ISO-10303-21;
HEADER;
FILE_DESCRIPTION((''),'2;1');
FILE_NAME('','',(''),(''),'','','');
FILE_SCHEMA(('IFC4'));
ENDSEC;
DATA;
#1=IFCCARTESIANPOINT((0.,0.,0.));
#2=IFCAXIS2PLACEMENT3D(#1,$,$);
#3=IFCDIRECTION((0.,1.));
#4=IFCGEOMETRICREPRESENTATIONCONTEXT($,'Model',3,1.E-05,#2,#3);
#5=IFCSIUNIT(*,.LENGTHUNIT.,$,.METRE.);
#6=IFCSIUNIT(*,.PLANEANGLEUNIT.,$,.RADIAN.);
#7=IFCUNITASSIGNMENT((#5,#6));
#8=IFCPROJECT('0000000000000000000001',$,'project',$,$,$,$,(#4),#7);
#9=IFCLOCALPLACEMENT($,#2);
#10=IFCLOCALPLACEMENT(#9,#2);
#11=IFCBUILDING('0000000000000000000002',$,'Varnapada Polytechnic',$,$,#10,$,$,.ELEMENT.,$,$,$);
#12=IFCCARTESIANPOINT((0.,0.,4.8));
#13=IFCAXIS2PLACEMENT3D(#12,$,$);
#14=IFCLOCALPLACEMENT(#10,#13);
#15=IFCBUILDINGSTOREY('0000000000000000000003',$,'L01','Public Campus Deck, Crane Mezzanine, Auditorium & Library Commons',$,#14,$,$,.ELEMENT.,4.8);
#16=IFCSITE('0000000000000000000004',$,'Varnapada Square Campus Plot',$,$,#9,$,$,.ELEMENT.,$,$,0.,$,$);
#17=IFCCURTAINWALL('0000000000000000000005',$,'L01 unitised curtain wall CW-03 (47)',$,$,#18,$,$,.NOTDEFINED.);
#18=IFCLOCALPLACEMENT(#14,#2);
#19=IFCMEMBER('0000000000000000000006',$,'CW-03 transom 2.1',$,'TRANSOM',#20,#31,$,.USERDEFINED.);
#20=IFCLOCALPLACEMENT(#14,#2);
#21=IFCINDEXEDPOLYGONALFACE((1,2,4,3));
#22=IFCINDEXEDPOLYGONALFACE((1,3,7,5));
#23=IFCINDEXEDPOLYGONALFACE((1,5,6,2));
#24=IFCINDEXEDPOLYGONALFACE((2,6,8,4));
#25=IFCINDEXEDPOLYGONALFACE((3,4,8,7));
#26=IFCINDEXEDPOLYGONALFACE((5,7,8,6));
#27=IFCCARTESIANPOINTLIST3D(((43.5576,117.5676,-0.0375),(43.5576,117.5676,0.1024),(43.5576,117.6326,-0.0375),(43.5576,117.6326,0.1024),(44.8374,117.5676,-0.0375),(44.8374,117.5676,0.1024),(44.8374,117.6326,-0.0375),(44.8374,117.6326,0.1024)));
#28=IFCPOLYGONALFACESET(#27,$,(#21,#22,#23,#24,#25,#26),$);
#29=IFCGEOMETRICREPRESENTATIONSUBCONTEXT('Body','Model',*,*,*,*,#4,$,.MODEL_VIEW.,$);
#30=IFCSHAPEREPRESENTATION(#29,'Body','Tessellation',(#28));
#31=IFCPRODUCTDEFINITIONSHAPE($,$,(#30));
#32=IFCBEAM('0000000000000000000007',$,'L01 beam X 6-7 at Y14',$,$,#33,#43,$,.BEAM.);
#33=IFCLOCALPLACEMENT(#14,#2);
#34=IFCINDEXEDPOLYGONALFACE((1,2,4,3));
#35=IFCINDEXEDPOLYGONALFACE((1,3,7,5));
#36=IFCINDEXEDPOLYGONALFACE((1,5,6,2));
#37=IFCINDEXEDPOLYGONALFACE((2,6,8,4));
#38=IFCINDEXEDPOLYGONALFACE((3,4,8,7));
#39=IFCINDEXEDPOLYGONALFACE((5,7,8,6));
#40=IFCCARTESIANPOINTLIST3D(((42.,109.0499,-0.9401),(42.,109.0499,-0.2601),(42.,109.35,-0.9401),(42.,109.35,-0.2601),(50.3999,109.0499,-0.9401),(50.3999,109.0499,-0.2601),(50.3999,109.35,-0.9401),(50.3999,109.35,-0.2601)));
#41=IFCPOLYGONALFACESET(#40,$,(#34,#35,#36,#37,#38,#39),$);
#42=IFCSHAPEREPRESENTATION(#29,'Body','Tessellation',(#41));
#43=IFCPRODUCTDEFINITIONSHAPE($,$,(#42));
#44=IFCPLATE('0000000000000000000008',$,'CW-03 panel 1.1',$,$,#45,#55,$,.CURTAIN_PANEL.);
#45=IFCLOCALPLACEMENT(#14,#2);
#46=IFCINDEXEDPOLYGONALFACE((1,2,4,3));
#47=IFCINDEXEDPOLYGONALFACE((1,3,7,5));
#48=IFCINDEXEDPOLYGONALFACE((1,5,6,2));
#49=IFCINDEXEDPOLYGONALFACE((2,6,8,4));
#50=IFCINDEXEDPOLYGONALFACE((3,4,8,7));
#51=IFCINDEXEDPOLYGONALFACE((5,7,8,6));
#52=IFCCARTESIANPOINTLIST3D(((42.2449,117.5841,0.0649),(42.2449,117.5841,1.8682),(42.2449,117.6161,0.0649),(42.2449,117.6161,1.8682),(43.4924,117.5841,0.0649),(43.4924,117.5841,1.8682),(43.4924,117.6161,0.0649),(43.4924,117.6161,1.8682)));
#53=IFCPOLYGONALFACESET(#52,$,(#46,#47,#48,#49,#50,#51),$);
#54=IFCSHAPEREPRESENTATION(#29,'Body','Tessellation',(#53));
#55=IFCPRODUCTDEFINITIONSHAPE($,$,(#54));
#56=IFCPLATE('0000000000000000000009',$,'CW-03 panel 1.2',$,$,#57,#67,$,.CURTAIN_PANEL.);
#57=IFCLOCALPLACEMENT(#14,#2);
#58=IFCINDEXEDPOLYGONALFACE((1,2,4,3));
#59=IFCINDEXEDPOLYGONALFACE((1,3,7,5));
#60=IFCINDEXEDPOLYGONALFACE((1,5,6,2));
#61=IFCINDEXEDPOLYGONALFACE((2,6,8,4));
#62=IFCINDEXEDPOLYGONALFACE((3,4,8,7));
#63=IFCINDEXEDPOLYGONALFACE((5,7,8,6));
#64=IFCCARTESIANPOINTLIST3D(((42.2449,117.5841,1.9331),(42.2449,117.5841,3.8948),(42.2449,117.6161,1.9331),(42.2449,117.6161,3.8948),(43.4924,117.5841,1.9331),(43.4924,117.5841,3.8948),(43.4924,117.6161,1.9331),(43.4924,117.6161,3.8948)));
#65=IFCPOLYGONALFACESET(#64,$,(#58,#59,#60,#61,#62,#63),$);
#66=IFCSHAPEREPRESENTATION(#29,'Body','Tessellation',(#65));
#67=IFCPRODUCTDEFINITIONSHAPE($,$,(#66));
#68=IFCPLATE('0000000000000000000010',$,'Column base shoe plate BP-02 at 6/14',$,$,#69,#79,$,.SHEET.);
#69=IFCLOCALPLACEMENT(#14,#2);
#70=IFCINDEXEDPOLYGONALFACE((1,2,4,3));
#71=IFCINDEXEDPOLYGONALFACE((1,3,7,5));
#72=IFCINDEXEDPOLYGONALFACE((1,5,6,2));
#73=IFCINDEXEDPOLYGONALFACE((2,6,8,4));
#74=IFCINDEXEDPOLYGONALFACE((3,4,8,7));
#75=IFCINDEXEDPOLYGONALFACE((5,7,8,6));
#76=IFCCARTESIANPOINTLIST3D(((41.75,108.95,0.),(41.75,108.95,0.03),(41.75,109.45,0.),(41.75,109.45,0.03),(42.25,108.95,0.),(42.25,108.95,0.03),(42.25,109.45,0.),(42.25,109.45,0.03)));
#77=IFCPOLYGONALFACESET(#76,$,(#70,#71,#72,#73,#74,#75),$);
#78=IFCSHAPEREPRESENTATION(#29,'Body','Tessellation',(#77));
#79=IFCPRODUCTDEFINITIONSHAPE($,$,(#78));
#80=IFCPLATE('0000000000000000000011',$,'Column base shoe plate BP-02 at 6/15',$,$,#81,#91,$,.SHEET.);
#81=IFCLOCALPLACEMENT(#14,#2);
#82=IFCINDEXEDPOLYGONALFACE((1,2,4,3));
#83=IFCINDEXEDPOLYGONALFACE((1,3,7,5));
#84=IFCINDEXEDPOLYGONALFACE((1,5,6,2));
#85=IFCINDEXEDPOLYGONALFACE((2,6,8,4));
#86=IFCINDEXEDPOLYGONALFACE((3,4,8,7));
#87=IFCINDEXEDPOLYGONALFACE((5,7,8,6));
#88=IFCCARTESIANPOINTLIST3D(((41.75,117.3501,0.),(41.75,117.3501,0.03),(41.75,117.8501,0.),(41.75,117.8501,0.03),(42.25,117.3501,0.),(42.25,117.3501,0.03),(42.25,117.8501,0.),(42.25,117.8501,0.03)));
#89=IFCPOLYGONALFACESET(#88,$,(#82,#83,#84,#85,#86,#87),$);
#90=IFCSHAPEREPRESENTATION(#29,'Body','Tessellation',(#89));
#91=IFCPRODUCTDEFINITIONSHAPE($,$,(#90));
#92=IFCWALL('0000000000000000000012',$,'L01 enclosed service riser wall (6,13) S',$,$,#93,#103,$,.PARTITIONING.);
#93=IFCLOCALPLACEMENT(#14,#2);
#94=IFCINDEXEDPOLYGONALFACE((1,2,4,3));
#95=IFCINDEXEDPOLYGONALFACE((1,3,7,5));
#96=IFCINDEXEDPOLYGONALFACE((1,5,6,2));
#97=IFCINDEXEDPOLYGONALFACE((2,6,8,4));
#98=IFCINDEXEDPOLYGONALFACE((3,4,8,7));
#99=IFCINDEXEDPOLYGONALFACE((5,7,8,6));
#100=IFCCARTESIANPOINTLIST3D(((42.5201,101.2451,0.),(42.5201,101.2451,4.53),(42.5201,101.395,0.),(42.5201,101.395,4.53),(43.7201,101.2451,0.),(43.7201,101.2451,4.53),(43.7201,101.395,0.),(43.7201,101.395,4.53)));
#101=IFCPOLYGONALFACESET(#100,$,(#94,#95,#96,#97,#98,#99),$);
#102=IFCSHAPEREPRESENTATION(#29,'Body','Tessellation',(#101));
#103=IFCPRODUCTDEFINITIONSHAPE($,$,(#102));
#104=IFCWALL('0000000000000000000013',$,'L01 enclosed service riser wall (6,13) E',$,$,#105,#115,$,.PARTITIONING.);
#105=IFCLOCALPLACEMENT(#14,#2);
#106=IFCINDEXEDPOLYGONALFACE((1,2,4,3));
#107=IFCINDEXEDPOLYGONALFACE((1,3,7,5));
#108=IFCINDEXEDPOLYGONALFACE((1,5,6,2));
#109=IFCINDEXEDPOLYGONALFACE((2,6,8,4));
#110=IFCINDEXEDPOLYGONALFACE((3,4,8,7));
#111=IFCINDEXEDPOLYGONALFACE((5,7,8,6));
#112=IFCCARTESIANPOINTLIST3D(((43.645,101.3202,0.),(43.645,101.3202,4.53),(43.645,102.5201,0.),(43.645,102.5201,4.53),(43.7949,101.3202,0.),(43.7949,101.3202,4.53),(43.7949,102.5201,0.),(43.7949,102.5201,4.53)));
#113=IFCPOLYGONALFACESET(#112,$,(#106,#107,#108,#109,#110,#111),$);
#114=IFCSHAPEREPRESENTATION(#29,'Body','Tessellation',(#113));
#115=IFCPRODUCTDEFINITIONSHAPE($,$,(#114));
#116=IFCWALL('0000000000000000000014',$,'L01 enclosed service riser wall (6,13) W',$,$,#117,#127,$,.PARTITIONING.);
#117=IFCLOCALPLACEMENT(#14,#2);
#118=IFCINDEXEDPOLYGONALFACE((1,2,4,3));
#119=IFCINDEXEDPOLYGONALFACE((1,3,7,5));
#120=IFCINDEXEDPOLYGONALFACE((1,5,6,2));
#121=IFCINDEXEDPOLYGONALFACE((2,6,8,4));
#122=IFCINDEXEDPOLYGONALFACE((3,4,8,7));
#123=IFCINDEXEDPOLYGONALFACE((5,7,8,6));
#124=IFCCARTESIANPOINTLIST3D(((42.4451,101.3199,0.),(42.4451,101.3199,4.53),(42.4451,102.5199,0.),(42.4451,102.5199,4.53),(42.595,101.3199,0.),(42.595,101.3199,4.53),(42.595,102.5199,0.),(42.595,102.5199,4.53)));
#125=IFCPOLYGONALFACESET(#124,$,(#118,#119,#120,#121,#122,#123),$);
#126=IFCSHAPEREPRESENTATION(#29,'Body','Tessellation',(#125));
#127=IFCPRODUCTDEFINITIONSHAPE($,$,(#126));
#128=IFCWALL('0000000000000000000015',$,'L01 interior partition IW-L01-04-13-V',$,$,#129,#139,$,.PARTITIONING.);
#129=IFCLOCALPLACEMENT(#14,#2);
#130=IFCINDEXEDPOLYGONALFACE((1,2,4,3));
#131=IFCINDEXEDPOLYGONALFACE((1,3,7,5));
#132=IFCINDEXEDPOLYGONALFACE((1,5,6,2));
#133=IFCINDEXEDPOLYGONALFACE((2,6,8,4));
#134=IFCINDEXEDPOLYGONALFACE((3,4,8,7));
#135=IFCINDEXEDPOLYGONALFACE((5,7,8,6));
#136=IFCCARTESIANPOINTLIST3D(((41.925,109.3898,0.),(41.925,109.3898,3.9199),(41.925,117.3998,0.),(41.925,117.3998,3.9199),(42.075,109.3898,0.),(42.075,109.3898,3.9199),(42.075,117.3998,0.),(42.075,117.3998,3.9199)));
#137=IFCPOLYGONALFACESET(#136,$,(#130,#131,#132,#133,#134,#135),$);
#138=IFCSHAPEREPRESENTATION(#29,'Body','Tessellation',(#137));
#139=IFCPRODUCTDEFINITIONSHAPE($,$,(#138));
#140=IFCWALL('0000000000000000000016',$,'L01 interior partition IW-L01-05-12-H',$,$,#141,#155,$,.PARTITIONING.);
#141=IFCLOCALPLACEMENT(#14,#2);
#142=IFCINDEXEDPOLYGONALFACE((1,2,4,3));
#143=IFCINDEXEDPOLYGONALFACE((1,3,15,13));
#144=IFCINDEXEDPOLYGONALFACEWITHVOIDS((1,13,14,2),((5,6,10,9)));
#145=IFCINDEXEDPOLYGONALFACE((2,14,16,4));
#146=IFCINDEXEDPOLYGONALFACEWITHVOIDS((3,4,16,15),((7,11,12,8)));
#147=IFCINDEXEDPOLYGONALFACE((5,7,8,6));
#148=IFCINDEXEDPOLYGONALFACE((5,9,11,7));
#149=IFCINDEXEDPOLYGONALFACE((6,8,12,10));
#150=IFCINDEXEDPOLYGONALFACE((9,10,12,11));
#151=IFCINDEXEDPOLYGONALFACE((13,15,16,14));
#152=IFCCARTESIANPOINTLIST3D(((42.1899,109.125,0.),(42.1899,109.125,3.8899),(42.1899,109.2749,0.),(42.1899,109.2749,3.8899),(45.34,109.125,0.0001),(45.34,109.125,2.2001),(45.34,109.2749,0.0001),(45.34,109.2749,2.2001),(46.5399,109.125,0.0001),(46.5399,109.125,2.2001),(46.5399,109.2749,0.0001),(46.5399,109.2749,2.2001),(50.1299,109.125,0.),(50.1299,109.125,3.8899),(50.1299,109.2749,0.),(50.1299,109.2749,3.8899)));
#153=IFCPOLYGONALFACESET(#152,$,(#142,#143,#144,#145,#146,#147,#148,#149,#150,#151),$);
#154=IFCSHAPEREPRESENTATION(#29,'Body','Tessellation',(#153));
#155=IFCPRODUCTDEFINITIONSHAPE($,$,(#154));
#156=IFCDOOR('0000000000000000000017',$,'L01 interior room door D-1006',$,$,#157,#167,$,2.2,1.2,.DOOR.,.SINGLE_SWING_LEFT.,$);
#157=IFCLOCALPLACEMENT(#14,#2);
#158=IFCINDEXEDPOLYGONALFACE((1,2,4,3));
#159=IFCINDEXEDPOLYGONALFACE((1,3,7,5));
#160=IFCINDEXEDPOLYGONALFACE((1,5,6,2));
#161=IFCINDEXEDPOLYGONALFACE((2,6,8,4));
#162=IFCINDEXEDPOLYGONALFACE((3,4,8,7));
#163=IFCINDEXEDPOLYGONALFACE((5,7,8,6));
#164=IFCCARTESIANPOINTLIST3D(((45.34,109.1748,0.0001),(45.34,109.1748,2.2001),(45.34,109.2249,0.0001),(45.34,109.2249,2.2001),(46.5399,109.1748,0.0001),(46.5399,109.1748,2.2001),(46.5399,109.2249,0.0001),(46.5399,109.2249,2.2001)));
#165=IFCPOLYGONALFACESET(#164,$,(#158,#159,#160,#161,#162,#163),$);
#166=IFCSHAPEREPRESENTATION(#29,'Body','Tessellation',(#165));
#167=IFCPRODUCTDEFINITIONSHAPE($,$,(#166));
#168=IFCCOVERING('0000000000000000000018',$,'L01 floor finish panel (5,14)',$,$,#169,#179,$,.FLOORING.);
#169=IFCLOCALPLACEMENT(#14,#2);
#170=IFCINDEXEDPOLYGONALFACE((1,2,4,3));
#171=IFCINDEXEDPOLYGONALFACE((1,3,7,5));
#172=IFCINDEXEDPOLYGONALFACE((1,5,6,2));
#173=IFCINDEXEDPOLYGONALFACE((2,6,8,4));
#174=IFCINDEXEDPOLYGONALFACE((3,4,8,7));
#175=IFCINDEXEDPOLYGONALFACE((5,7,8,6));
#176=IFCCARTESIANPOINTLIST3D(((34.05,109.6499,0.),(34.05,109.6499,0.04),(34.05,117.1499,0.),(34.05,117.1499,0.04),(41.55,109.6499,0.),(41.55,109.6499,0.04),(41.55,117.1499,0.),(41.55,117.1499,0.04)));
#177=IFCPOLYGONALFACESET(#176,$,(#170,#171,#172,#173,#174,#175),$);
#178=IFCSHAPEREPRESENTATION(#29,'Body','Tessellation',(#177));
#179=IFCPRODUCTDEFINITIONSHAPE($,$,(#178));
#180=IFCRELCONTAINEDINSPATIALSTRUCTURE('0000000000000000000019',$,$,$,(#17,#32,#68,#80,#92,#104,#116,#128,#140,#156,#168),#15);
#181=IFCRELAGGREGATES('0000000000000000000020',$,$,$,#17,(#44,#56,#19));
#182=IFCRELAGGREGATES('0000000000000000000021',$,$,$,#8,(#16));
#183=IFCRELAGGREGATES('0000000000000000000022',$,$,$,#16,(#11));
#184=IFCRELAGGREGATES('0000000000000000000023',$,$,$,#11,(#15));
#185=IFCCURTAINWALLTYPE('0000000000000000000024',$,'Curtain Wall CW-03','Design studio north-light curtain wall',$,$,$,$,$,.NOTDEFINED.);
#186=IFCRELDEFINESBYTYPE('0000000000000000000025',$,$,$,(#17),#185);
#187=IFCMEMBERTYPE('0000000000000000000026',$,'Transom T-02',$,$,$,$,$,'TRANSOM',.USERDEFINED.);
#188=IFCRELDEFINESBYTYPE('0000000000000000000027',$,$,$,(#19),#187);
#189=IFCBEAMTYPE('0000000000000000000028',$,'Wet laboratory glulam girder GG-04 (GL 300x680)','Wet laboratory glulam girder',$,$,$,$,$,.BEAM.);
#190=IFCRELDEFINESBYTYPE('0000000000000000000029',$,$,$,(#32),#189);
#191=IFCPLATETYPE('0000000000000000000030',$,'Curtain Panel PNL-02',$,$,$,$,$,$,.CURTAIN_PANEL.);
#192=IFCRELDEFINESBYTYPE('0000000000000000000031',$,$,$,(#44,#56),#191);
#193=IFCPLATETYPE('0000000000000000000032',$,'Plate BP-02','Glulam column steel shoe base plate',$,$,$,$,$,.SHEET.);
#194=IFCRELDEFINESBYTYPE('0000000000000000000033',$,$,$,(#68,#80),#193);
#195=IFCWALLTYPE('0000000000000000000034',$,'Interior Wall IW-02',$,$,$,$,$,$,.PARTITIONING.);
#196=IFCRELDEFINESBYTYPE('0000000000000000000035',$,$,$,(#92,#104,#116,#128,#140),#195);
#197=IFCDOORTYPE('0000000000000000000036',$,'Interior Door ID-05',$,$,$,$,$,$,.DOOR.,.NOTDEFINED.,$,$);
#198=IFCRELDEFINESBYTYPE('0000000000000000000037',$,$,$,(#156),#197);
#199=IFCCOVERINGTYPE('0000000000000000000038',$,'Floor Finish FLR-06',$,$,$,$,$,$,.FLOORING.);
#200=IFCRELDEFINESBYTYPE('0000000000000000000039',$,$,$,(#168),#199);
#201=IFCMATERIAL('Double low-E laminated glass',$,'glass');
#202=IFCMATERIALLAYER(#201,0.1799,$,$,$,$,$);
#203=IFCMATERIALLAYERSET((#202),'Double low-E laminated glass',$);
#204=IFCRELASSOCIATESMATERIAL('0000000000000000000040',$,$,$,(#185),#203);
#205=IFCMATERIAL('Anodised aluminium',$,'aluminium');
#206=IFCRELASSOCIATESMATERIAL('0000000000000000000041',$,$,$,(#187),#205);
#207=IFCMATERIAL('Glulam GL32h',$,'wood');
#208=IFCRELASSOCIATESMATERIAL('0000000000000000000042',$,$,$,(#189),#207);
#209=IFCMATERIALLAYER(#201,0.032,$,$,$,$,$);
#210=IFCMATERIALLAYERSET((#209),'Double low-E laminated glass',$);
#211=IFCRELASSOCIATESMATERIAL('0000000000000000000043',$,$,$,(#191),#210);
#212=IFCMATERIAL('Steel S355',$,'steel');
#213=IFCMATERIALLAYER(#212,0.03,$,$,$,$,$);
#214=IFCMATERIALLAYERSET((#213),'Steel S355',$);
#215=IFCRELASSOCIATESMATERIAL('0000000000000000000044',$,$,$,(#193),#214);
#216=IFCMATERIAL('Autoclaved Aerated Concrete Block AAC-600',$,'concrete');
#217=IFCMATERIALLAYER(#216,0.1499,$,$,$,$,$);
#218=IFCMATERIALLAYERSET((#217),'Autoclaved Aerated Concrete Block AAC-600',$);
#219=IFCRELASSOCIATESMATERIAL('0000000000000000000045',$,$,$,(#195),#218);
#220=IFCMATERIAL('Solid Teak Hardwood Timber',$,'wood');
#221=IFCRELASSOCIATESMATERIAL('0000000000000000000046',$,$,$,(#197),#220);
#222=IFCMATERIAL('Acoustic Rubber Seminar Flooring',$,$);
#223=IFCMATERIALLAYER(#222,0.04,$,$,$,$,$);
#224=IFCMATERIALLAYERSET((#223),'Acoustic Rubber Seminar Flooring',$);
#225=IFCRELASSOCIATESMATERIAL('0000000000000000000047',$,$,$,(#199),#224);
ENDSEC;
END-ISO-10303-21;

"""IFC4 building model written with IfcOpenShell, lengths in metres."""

from ifc_helpers import new_model, si_unit, direction, frame, frame_2d, origin, origin_2d, place, context, subcontext, project, spatial, rectangle, extrude, material, layer, layer_set, material_profile, profile_set, type_object, element, fill, aggregate, save


model = new_model("IFC4")

# Units and contexts
model_context = context("Model", 3, precision=1e-05, world=origin(), true_north=direction((0.0, 1.0)))
body_context = subcontext(model_context, "Body", "Model", "MODEL_VIEW")
ifc_project = project(units=[si_unit("LENGTHUNIT", "METRE"), si_unit("PLANEANGLEUNIT", "RADIAN")], contexts=[model_context])

# Site, building, storey
site_placement = place(None, origin())
site = spatial("IfcSite", under=ifc_project, at=site_placement, Name="Varnapada Square Campus Plot", CompositionType="ELEMENT", RefElevation=0.0)
building_placement = place(site_placement, origin())
building = spatial("IfcBuilding", under=site, at=building_placement, Name="Varnapada Polytechnic", CompositionType="ELEMENT")
storey_placement = place(building_placement, frame((0.0, 0.0, 4.8)))
storey = spatial("IfcBuildingStorey", under=building, at=storey_placement, Name="L01", Description="Public Campus Deck, Crane Mezzanine, Auditorium & Library Commons", CompositionType="ELEMENT", Elevation=4.8)

# Shared definitions
ifc_material_1 = material(Name="Glulam GL32h", Category="wood")

# Curtain wall
ifc_material_2 = material(Name="Double low-E laminated glass", Category="glass")
ifc_layer_1 = layer(ifc_material_2, 0.1799)
ifc_layer_set_1 = layer_set([ifc_layer_1], Name="Double low-E laminated glass")
curtain_wall_type = type_object("IfcCurtainWallType", Name="Curtain Wall CW-03", Description="Design studio north-light curtain wall", PredefinedType="NOTDEFINED", material=ifc_layer_set_1)
curtain_wall_placement = place(storey_placement, origin())
curtain_wall = element("IfcCurtainWall", 1, at=curtain_wall_placement, inside=storey, type_object=curtain_wall_type, Name="L01 unitised curtain wall CW-03 (47)", PredefinedType="NOTDEFINED")
ifc_material_3 = material(Name="Anodised aluminium", Category="aluminium")

# Member
ifc_material_profile_1 = material_profile(ifc_material_3, rectangle(XDim=0.0649, YDim=0.1399, at=origin_2d()), Name="ALU T65x140")
ifc_profile_set_1 = profile_set([ifc_material_profile_1], Name="Anodised aluminium")
member_type_1 = type_object("IfcMemberType", Name="Transom T-02", ElementType="TRANSOM", PredefinedType="USERDEFINED", material=ifc_profile_set_1)
member_1_placement = place(storey_placement, frame((43.5576, 117.6001, 0.0325), z_axis=(1.0, 0.0, 0.0), x_axis=(0.0, 1.0, 0.0)))
member_1 = element("IfcMember", 2, at=member_1_placement, type_object=member_type_1, Name="CW-03 transom 2.1", ObjectType="TRANSOM", PredefinedType="USERDEFINED", context=body_context, shape_type="SweptSolid", body=[
    extrude(rectangle(XDim=0.0649, YDim=0.1399, at=origin_2d()), origin(), (0.0, 0.0, 1.0), 1.2798),
])

# Beam
ifc_material_profile_2 = material_profile(ifc_material_1, rectangle(XDim=0.3, YDim=0.6799, at=origin_2d()), Name="GL 300x680")
ifc_profile_set_2 = profile_set([ifc_material_profile_2], Name="Glulam GL32h")
beam_type_1 = type_object("IfcBeamType", Name="Wet laboratory glulam girder GG-04 (GL 300x680)", Description="Wet laboratory glulam girder", PredefinedType="BEAM", material=ifc_profile_set_2)
beam_1_placement = place(storey_placement, frame((42.0, 109.2, -0.6001), z_axis=(1.0, 0.0, 0.0), x_axis=(0.0, 1.0, 0.0)))
element("IfcBeam", 3, at=beam_1_placement, inside=storey, type_object=beam_type_1, Name="L01 beam X 6-7 at Y14", PredefinedType="BEAM", context=body_context, shape_type="SweptSolid", body=[
    extrude(rectangle(XDim=0.3, YDim=0.6799, at=origin_2d()), origin(), (0.0, 0.0, 1.0), 8.3999),
])

# Plates
ifc_layer_2 = layer(ifc_material_2, 0.032)
ifc_layer_set_2 = layer_set([ifc_layer_2], Name="Double low-E laminated glass")
plate_type_1 = type_object("IfcPlateType", Name="Curtain Panel PNL-02", PredefinedType="CURTAIN_PANEL", material=ifc_layer_set_2)
plate_1_placement = place(storey_placement, frame((42.8687, 117.6001, 0.0649), z_axis=(0.0, 0.0, 1.0), x_axis=(1.0, 0.0, 0.0)))
plate_1 = element("IfcPlate", 4, at=plate_1_placement, type_object=plate_type_1, Name="CW-03 panel 1.1", PredefinedType="CURTAIN_PANEL", context=body_context, shape_type="SweptSolid", body=[
    extrude(rectangle(XDim=1.2476, YDim=0.032, at=origin_2d()), origin(), (0.0, 0.0, 1.0), 1.8032),
])
plate_2_placement = place(storey_placement, frame((42.8687, 117.6001, 1.9331), z_axis=(0.0, 0.0, 1.0), x_axis=(1.0, 0.0, 0.0)))
plate_2 = element("IfcPlate", 5, at=plate_2_placement, type_object=plate_type_1, Name="CW-03 panel 1.2", PredefinedType="CURTAIN_PANEL", context=body_context, shape_type="SweptSolid", body=[
    extrude(rectangle(XDim=1.2476, YDim=0.032, at=origin_2d()), origin(), (0.0, 0.0, 1.0), 1.9617),
])
aggregate(curtain_wall, [plate_1, plate_2, member_1])

# Plates
ifc_material_4 = material(Name="Steel S355", Category="steel")
ifc_layer_3 = layer(ifc_material_4, 0.03)
ifc_layer_set_3 = layer_set([ifc_layer_3], Name="Steel S355")
plate_type_2 = type_object("IfcPlateType", Name="Plate BP-02", Description="Glulam column steel shoe base plate", PredefinedType="SHEET", material=ifc_layer_set_3)
for number, where, z_axis, x_axis, name in (
    (6, (42.0, 109.2, 0.0), (0.0, 0.0, 1.0), (1.0, 0.0, 0.0), "Column base shoe plate BP-02 at 6/14"),
    (7, (42.0, 117.6001, 0.0), (0.0, 0.0, 1.0), (1.0, 0.0, 0.0), "Column base shoe plate BP-02 at 6/15"),
):
    element("IfcPlate", number, at=place(storey_placement, frame(where, z_axis=z_axis, x_axis=x_axis)), inside=storey, type_object=plate_type_2, Name=name, PredefinedType="SHEET", context=body_context, shape_type="SweptSolid", body=[
        extrude(rectangle(XDim=0.5, YDim=0.5, at=origin_2d()), origin(), (0.0, 0.0, 1.0), 0.03),
    ])

# Walls
ifc_material_5 = material(Name="Autoclaved Aerated Concrete Block AAC-600", Category="concrete")
ifc_layer_4 = layer(ifc_material_5, 0.1499)
ifc_layer_set_4 = layer_set([ifc_layer_4], Name="Autoclaved Aerated Concrete Block AAC-600")
wall_type = type_object("IfcWallType", Name="Interior Wall IW-02", PredefinedType="PARTITIONING", material=ifc_layer_set_4)
for number, where, z_axis, x_axis, name in (
    (8, (42.52, 101.3201, 0.0), (0.0, 0.0, 1.0), (1.0, 0.0, 0.0), "L01 enclosed service riser wall (6,13) S"),
    (9, (43.72, 101.3201, 0.0), (0.0, 0.0, 1.0), (0.0, 1.0, 0.0), "L01 enclosed service riser wall (6,13) E"),
    (10, (42.52, 102.52, 0.0), (0.0, 0.0, 1.0), (0.0, -1.0, 0.0), "L01 enclosed service riser wall (6,13) W"),
):
    element("IfcWall", number, at=place(storey_placement, frame(where, z_axis=z_axis, x_axis=x_axis)), inside=storey, type_object=wall_type, Name=name, PredefinedType="PARTITIONING", context=body_context, shape_type="SweptSolid", body=[
        extrude(rectangle(XDim=1.2, YDim=0.1499, at=frame_2d((0.6001, 0.0))), origin(), (0.0, 0.0, 1.0), 4.53),
    ])
wall_1_placement = place(storey_placement, frame((42.0, 109.3899, 0.0), z_axis=(0.0, 0.0, 1.0), x_axis=(0.0, 1.0, 0.0)))
element("IfcWall", 11, at=wall_1_placement, inside=storey, type_object=wall_type, Name="L01 interior partition IW-L01-04-13-V", PredefinedType="PARTITIONING", context=body_context, shape_type="SweptSolid", body=[
    extrude(rectangle(XDim=8.01, YDim=0.1499, at=frame_2d((4.0049, 0.0))), origin(), (0.0, 0.0, 1.0), 3.9199),
])

# Wall, opening, door
wall_2_placement = place(storey_placement, frame((42.1899, 109.2, 0.0), z_axis=(0.0, 0.0, 1.0), x_axis=(1.0, 0.0, 0.0)))
wall_2 = element("IfcWall", 12, at=wall_2_placement, inside=storey, type_object=wall_type, Name="L01 interior partition IW-L01-05-12-H", PredefinedType="PARTITIONING", context=body_context, shape_type="SweptSolid", body=[
    extrude(rectangle(XDim=7.9399, YDim=0.1499, at=frame_2d((3.97, 0.0))), origin(), (0.0, 0.0, 1.0), 3.8899),
])
opening_placement = place(wall_2_placement, frame((3.1499, 0.0, 0.0)))
opening = element("IfcOpeningElement", 13, at=opening_placement, cuts=wall_2, PredefinedType="OPENING", context=body_context, shape_type="SweptSolid", body=[
    extrude(rectangle(XDim=1.2, YDim=2.2, at=frame_2d((0.6001, 1.1001))), frame((0.0, 0.085, 0.0), z_axis=(0.0, -1.0, 0.0), x_axis=(1.0, 0.0, 0.0)), (0.0, 0.0, 1.0), 0.1699),
])
ifc_material_6 = material(Name="Solid Teak Hardwood Timber", Category="wood")
door_type = type_object("IfcDoorType", Name="Interior Door ID-05", OperationType="NOTDEFINED", PredefinedType="DOOR", material=ifc_material_6)
door_placement = place(opening_placement, origin())
door = element("IfcDoor", 14, at=door_placement, inside=storey, type_object=door_type, Name="L01 interior room door D-1006", OperationType="SINGLE_SWING_LEFT", OverallHeight=2.2, OverallWidth=1.2, PredefinedType="DOOR", context=body_context, shape_type="SweptSolid", body=[
    extrude(rectangle(XDim=1.2, YDim=2.2, at=frame_2d((0.6001, 1.1001))), frame((0.0, 0.0249, 0.0), z_axis=(0.0, -1.0, 0.0), x_axis=(1.0, 0.0, 0.0)), (0.0, 0.0, 1.0), 0.05),
])
fill(opening, door)

# Covering
ifc_material_7 = material(Name="Acoustic Rubber Seminar Flooring")
ifc_layer_5 = layer(ifc_material_7, 0.04)
ifc_layer_set_5 = layer_set([ifc_layer_5], Name="Acoustic Rubber Seminar Flooring")
covering_type_1 = type_object("IfcCoveringType", Name="Floor Finish FLR-06", PredefinedType="FLOORING", material=ifc_layer_set_5)
covering_1_placement = place(storey_placement, frame((37.8, 113.3999, 0.0), z_axis=(0.0, 0.0, 1.0), x_axis=(1.0, 0.0, 0.0)))
element("IfcCovering", 15, at=covering_1_placement, inside=storey, type_object=covering_type_1, Name="L01 floor finish panel (5,14)", PredefinedType="FLOORING", context=body_context, shape_type="SweptSolid", body=[
    extrude(rectangle(XDim=7.5, YDim=7.5, at=origin_2d()), origin(), (0.0, 0.0, 1.0), 0.04),
])

save(model, "model.ifc")
